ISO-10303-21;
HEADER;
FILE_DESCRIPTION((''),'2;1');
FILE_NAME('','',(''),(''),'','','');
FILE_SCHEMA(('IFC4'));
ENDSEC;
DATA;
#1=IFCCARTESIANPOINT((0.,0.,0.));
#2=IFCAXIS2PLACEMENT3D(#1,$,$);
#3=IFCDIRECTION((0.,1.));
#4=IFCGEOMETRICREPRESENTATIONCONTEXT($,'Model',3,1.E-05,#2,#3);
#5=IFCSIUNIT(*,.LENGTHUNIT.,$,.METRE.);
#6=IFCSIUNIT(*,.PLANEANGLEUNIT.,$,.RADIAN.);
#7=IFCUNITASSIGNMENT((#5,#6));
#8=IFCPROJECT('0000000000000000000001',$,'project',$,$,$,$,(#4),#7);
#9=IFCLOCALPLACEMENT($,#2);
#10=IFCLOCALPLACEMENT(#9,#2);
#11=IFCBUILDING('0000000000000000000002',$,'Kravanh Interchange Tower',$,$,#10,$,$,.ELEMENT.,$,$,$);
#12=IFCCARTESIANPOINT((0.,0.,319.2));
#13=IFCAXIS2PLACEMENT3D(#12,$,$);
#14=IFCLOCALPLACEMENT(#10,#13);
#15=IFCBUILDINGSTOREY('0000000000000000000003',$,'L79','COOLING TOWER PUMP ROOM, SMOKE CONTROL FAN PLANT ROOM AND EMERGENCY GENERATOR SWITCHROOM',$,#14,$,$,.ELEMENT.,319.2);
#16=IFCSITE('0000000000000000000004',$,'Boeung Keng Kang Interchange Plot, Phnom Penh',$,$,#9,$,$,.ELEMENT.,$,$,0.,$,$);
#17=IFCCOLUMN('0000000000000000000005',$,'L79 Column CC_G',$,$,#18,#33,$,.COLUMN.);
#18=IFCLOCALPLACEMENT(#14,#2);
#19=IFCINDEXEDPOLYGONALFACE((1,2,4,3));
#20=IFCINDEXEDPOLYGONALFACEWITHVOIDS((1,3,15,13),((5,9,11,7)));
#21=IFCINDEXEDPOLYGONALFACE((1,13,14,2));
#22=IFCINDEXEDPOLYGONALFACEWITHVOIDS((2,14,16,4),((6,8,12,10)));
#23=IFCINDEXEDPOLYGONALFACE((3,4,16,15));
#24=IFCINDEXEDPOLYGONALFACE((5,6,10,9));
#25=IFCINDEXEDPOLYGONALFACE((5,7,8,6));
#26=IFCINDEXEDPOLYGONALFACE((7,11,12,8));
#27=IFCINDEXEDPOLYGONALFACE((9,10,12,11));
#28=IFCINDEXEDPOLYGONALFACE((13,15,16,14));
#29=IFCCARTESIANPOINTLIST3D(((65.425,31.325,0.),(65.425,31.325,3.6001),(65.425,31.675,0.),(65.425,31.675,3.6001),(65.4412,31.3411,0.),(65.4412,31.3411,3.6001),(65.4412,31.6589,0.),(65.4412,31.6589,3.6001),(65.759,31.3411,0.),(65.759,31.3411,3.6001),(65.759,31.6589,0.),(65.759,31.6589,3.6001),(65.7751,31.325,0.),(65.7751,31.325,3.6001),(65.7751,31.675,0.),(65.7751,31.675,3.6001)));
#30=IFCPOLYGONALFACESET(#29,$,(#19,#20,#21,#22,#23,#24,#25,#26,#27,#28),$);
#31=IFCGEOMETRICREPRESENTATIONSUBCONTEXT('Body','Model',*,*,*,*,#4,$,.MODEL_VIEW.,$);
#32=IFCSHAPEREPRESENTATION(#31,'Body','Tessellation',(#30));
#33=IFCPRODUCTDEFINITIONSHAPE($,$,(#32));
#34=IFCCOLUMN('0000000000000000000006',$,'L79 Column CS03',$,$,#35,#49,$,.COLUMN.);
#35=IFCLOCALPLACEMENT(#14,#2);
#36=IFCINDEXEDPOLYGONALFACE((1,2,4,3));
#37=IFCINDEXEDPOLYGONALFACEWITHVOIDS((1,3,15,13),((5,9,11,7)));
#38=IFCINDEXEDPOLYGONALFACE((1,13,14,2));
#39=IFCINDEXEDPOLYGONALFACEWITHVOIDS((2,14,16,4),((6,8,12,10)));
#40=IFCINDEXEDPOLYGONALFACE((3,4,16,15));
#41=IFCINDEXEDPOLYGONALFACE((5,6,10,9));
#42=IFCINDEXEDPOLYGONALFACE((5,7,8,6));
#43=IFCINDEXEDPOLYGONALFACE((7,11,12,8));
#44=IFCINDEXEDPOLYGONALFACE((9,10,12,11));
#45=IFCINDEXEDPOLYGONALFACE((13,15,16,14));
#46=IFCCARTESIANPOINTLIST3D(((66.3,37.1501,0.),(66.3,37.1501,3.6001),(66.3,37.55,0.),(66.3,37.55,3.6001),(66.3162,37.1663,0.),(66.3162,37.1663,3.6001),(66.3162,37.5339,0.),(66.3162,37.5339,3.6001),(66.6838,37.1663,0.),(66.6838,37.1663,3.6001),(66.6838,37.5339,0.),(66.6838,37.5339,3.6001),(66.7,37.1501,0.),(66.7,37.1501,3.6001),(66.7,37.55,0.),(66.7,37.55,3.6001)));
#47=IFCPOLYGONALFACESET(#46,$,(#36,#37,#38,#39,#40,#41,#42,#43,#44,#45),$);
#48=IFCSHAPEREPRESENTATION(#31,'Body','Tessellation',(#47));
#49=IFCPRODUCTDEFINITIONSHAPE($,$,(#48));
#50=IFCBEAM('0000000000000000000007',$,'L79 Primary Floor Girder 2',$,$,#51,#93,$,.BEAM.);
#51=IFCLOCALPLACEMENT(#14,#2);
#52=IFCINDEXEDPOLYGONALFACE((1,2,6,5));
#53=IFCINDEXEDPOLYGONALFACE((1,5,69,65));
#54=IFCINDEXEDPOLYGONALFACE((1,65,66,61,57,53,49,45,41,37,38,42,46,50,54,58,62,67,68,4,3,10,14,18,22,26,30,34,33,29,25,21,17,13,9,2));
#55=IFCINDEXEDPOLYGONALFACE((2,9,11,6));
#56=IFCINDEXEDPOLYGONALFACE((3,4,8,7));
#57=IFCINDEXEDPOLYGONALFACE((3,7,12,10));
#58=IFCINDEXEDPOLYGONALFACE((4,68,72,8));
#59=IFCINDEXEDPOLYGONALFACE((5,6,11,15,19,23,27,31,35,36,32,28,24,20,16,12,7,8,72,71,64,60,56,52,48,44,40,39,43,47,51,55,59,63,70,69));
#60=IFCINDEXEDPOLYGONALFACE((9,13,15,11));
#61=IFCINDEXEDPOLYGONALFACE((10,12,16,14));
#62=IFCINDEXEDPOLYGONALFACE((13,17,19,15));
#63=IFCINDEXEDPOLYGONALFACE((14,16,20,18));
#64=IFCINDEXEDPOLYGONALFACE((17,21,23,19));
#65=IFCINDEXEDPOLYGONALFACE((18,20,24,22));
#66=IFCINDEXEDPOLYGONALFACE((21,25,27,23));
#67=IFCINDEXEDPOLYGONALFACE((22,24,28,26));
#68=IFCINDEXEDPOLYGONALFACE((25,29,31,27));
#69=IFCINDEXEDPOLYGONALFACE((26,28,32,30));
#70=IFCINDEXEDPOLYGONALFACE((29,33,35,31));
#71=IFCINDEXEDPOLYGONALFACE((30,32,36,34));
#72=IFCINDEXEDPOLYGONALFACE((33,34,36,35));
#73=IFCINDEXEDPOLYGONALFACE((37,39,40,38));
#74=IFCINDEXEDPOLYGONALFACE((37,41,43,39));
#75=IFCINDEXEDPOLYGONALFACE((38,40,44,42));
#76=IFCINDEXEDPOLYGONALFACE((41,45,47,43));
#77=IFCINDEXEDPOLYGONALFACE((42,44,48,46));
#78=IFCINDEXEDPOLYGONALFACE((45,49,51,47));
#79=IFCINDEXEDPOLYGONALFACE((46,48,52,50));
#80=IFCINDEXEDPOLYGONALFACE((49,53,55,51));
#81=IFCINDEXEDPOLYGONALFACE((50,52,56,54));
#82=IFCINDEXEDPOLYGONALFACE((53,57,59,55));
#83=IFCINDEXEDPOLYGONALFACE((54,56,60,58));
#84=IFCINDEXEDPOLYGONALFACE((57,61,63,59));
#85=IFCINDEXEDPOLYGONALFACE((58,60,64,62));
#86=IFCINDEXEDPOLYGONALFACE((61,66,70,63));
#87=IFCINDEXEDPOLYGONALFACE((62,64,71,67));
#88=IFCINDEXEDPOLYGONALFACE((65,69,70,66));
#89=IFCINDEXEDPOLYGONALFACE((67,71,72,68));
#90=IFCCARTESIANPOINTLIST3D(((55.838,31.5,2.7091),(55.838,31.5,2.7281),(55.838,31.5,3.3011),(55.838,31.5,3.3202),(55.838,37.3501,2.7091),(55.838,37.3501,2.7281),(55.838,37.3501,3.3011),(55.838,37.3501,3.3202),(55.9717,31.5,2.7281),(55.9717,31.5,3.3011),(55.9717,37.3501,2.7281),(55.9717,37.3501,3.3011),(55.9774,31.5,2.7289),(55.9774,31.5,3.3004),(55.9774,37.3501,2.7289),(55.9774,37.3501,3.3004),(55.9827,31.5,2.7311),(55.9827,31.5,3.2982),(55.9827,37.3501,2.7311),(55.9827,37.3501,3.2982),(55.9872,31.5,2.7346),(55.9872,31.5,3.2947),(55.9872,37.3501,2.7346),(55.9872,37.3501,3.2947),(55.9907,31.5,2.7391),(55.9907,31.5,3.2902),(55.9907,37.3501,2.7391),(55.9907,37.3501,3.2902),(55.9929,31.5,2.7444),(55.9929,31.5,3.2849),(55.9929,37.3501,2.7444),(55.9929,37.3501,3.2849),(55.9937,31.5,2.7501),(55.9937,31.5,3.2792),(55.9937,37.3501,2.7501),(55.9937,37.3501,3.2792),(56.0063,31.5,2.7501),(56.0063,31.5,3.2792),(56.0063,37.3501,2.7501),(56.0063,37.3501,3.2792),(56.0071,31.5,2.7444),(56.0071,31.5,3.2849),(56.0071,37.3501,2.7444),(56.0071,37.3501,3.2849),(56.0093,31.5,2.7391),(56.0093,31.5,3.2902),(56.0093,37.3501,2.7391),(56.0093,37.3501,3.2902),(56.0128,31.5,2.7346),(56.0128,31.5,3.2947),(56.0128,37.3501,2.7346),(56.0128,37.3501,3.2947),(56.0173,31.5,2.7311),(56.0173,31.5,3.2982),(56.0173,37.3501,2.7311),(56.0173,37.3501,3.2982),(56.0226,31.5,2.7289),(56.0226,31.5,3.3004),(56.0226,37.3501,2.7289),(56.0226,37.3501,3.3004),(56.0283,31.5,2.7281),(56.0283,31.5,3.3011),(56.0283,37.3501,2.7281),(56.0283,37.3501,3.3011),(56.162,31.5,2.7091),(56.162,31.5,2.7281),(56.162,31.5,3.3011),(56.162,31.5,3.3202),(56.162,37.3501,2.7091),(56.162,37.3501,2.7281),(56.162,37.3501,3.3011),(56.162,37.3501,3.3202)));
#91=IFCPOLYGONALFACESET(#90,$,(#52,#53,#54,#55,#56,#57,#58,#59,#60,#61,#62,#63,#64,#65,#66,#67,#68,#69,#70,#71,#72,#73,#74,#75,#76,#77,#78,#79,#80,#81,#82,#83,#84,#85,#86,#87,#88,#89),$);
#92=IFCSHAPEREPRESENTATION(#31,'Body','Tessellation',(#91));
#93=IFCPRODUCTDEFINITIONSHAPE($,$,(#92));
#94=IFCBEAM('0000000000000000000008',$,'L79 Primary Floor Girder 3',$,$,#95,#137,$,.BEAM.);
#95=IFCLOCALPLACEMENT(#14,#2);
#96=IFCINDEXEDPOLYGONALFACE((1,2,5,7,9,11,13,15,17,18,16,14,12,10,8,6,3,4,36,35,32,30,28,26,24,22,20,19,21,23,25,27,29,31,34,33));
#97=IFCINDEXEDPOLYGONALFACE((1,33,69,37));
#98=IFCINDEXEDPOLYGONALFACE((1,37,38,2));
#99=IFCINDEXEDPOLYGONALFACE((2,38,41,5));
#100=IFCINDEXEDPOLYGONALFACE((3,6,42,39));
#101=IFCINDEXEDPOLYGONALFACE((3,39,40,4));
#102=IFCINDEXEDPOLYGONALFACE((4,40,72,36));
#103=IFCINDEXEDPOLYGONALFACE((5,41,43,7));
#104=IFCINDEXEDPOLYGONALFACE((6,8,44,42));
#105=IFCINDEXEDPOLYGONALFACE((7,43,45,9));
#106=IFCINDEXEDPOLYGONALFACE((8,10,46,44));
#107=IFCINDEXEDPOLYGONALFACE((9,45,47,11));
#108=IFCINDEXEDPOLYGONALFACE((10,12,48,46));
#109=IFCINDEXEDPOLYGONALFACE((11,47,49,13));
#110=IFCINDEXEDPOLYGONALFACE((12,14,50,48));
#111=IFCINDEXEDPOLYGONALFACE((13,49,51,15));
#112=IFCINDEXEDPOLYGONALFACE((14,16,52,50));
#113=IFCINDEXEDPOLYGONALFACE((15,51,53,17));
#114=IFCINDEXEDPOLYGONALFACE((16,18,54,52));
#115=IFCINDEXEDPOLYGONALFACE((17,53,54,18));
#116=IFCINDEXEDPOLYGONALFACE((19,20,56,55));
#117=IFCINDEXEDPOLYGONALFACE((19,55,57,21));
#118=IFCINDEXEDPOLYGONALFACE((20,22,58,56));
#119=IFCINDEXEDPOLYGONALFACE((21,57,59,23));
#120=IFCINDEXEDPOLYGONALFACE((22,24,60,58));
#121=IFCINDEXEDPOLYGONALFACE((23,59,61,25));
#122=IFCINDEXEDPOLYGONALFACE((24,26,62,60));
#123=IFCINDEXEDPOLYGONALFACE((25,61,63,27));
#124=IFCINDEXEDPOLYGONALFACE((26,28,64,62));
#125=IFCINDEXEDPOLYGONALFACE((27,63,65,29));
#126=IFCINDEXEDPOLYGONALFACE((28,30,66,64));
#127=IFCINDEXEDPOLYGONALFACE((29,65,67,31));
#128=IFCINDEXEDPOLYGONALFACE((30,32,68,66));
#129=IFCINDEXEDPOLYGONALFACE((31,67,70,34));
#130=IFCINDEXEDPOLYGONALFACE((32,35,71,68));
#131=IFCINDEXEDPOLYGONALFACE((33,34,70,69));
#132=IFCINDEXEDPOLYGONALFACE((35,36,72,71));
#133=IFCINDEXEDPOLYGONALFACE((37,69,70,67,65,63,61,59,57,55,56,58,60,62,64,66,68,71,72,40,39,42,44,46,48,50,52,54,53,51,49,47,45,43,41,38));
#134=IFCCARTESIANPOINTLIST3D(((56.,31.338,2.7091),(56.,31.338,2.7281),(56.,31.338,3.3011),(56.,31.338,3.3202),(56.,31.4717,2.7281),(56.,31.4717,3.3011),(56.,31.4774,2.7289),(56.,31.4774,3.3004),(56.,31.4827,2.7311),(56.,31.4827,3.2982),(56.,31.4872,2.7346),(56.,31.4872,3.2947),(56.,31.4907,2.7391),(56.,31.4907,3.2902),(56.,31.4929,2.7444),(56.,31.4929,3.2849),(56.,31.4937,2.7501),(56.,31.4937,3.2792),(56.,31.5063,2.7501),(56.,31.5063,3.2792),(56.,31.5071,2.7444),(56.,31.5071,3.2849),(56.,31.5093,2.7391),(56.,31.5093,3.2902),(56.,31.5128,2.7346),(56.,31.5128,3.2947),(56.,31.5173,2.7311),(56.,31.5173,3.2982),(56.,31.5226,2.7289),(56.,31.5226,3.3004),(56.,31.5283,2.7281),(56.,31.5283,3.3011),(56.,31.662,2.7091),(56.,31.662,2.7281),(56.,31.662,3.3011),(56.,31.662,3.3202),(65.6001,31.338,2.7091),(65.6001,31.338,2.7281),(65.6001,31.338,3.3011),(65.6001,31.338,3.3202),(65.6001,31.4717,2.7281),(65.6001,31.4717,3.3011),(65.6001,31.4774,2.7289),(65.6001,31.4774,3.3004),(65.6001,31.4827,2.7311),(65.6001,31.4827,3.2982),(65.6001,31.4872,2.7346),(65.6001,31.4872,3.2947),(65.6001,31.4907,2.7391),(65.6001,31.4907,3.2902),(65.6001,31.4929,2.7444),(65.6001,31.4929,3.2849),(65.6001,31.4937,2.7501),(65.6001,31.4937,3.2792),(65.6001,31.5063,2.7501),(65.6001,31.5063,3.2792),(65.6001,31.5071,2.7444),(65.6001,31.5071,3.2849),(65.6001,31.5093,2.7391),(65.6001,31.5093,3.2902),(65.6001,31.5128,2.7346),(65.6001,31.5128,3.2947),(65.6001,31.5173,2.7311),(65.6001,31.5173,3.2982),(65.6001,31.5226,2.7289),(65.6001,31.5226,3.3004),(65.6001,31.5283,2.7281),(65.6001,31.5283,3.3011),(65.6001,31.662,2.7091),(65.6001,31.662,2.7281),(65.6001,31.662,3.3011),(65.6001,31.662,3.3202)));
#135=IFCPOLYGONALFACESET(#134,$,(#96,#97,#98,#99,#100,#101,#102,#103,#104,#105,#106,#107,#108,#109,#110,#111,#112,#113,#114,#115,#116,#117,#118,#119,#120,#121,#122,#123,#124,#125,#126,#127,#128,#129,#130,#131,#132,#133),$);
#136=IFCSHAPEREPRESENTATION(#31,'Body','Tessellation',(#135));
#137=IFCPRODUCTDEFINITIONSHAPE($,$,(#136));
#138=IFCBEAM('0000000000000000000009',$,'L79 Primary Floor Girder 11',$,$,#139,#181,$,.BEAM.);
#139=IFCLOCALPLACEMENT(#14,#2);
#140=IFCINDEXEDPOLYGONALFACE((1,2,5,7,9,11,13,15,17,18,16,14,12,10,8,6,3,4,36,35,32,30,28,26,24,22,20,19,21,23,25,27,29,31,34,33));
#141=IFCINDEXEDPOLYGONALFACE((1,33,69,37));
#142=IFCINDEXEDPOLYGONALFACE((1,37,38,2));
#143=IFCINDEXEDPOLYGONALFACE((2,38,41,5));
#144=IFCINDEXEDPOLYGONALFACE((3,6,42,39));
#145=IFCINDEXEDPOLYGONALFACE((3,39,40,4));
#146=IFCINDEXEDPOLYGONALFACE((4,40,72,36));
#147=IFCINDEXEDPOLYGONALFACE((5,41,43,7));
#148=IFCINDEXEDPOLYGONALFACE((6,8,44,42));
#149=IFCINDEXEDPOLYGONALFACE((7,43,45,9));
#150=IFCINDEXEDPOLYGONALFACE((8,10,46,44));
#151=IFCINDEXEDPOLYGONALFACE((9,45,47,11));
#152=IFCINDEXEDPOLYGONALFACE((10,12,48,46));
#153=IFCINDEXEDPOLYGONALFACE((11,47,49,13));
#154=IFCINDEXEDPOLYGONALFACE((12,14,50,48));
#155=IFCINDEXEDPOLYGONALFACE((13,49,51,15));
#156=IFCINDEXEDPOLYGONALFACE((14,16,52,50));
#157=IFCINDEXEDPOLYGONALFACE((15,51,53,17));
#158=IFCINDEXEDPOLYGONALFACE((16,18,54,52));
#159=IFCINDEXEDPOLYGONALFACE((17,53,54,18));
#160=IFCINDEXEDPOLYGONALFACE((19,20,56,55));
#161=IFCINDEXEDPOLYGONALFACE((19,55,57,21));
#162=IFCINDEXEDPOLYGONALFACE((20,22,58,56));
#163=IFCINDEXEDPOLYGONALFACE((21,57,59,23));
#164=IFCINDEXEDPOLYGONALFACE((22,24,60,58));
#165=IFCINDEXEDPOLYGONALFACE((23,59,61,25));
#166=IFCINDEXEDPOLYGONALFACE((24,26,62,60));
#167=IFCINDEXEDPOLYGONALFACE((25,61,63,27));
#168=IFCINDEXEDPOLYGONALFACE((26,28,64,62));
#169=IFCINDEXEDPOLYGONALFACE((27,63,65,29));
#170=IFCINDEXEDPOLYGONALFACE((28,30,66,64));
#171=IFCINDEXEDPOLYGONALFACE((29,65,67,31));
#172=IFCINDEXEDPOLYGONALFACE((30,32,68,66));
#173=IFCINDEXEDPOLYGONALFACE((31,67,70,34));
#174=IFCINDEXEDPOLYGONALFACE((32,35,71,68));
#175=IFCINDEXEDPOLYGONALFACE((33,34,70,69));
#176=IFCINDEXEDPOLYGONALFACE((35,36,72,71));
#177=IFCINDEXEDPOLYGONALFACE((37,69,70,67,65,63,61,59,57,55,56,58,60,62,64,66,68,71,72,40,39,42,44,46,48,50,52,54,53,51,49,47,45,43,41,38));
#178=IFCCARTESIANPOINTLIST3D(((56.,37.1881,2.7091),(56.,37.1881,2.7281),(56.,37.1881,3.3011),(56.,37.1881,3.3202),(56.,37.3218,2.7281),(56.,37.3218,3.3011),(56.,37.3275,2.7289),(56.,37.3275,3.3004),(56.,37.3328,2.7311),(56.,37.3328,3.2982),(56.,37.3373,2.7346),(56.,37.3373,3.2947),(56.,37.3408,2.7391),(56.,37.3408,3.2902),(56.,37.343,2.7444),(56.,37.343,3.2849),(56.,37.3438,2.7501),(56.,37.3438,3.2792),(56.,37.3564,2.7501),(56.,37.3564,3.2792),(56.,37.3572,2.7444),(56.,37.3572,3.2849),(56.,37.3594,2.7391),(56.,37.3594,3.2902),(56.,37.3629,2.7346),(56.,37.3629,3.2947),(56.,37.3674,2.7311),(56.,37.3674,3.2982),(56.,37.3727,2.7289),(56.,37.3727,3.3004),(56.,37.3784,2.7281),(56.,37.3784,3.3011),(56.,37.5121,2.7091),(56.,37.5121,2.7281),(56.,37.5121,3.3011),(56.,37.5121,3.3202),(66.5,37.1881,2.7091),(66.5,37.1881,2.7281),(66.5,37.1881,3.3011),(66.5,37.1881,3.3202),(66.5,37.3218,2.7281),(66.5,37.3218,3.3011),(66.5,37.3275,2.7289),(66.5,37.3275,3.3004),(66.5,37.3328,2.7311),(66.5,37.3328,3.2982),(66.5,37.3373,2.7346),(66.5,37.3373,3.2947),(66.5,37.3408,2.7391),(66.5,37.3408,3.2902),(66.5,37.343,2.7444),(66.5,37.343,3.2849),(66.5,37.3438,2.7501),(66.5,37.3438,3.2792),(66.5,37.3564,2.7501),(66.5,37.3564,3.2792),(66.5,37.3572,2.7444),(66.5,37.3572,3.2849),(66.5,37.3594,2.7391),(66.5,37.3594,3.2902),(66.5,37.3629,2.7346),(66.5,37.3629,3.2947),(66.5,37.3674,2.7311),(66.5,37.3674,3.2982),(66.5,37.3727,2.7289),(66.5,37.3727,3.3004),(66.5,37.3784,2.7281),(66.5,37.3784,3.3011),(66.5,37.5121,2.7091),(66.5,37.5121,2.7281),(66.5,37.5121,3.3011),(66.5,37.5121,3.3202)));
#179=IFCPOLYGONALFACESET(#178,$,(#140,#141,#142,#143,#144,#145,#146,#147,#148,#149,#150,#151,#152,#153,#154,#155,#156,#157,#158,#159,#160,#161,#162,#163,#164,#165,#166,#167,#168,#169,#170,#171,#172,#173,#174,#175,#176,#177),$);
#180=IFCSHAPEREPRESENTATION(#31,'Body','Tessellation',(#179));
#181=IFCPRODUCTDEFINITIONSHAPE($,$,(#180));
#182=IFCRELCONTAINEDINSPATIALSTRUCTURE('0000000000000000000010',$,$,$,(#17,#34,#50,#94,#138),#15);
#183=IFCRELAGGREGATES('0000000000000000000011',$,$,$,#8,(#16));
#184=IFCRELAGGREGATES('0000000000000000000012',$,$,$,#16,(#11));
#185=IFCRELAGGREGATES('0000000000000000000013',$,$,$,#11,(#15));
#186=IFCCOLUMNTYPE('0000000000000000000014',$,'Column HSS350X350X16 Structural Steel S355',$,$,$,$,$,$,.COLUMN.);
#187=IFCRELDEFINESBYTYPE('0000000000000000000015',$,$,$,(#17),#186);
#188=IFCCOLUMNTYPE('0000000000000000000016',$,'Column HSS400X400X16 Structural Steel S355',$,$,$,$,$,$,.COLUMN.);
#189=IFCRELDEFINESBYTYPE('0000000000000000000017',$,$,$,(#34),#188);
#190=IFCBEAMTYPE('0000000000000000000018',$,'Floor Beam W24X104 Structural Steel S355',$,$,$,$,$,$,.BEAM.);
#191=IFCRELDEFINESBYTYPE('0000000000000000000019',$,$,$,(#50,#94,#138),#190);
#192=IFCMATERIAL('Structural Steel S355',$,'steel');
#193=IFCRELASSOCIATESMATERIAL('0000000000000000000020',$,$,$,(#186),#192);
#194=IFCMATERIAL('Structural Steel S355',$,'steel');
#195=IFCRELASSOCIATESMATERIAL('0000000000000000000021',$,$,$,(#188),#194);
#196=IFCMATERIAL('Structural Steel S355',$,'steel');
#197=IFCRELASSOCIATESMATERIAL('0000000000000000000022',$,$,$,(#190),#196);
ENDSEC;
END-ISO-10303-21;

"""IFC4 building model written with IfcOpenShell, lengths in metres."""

from ifc_helpers import new_model, si_unit, direction, frame, origin, origin_2d, place, context, subcontext, project, spatial, hollow_rectangle, i_section, extrude, material, material_profile, profile_set, type_object, element, save


model = new_model("IFC4")

# Units and contexts
model_context = context("Model", 3, precision=1e-05, world=origin(), true_north=direction((0.0, 1.0)))
body_context = subcontext(model_context, "Body", "Model", "MODEL_VIEW")
ifc_project = project(units=[si_unit("LENGTHUNIT", "METRE"), si_unit("PLANEANGLEUNIT", "RADIAN")], contexts=[model_context])

# Site, building, storey
site_placement = place(None, origin())
site = spatial("IfcSite", under=ifc_project, at=site_placement, Name="Boeung Keng Kang Interchange Plot, Phnom Penh", CompositionType="ELEMENT", RefElevation=0.0)
building_placement = place(site_placement, origin())
building = spatial("IfcBuilding", under=site, at=building_placement, Name="Kravanh Interchange Tower", CompositionType="ELEMENT")
storey_placement = place(building_placement, frame((0.0, 0.0, 319.2)))
storey = spatial("IfcBuildingStorey", under=building, at=storey_placement, Name="L79", Description="COOLING TOWER PUMP ROOM, SMOKE CONTROL FAN PLANT ROOM AND EMERGENCY GENERATOR SWITCHROOM", CompositionType="ELEMENT", Elevation=319.2)

# Columns
ifc_material_1 = material(Name="Structural Steel S355", Category="steel")
ifc_material_profile_1 = material_profile(ifc_material_1, hollow_rectangle(XDim=0.3501, YDim=0.3501, WallThickness=0.0161, at=origin_2d()), Name="HSS350X350X16")
ifc_profile_set_1 = profile_set([ifc_material_profile_1], Name="Structural Steel S355")
column_type_1 = type_object("IfcColumnType", Name="Column HSS350X350X16 Structural Steel S355", PredefinedType="COLUMN", material=ifc_profile_set_1)
column_1_placement = place(storey_placement, frame((65.6001, 31.5, 0.0), z_axis=(0.0, 0.0, 1.0), x_axis=(1.0, 0.0, 0.0)))
element("IfcColumn", 1, at=column_1_placement, inside=storey, type_object=column_type_1, Name="L79 Column CC_G", PredefinedType="COLUMN", context=body_context, shape_type="SweptSolid", body=[
    extrude(hollow_rectangle(XDim=0.3501, YDim=0.3501, WallThickness=0.0161, at=origin_2d()), origin(), (0.0, 0.0, 1.0), 3.6001),
])
ifc_material_2 = material(Name="Structural Steel S355", Category="steel")
ifc_material_profile_2 = material_profile(ifc_material_2, hollow_rectangle(XDim=0.3999, YDim=0.3999, WallThickness=0.0161, at=origin_2d()), Name="HSS400X400X16")
ifc_profile_set_2 = profile_set([ifc_material_profile_2], Name="Structural Steel S355")
column_type_2 = type_object("IfcColumnType", Name="Column HSS400X400X16 Structural Steel S355", PredefinedType="COLUMN", material=ifc_profile_set_2)
column_2_placement = place(storey_placement, frame((66.5, 37.3501, 0.0), z_axis=(0.0, 0.0, 1.0), x_axis=(1.0, 0.0, 0.0)))
element("IfcColumn", 2, at=column_2_placement, inside=storey, type_object=column_type_2, Name="L79 Column CS03", PredefinedType="COLUMN", context=body_context, shape_type="SweptSolid", body=[
    extrude(hollow_rectangle(XDim=0.3999, YDim=0.3999, WallThickness=0.0161, at=origin_2d()), origin(), (0.0, 0.0, 1.0), 3.6001),
])

# Beams
ifc_material_3 = material(Name="Structural Steel S355", Category="steel")
ifc_material_profile_3 = material_profile(ifc_material_3, i_section(OverallWidth=0.324, OverallDepth=0.6111, WebThickness=0.0127, FlangeThickness=0.019, FilletRadius=0.022, at=origin_2d()), Name="W24X104")
ifc_profile_set_3 = profile_set([ifc_material_profile_3], Name="Structural Steel S355")
beam_type_1 = type_object("IfcBeamType", Name="Floor Beam W24X104 Structural Steel S355", PredefinedType="BEAM", material=ifc_profile_set_3)
beam_1_placement = place(storey_placement, frame((56.0, 31.5, 3.0146), z_axis=(0.0, 1.0, 0.0), x_axis=(-1.0, 0.0, 0.0)))
element("IfcBeam", 3, at=beam_1_placement, inside=storey, type_object=beam_type_1, Name="L79 Primary Floor Girder 2", PredefinedType="BEAM", context=body_context, shape_type="SweptSolid", body=[
    extrude(i_section(OverallWidth=0.324, OverallDepth=0.6111, WebThickness=0.0127, FlangeThickness=0.019, FilletRadius=0.022, at=origin_2d()), origin(), (0.0, 0.0, 1.0), 5.8501),
])
beam_2_placement = place(storey_placement, frame((56.0, 31.5, 3.0146), z_axis=(1.0, 0.0, 0.0), x_axis=(0.0, 1.0, 0.0)))
element("IfcBeam", 4, at=beam_2_placement, inside=storey, type_object=beam_type_1, Name="L79 Primary Floor Girder 3", PredefinedType="BEAM", context=body_context, shape_type="SweptSolid", body=[
    extrude(i_section(OverallWidth=0.324, OverallDepth=0.6111, WebThickness=0.0127, FlangeThickness=0.019, FilletRadius=0.022, at=origin_2d()), origin(), (0.0, 0.0, 1.0), 9.6001),
])
beam_3_placement = place(storey_placement, frame((66.5, 37.3501, 3.0146), z_axis=(-1.0, 0.0, 0.0), x_axis=(0.0, -1.0, 0.0)))
element("IfcBeam", 5, at=beam_3_placement, inside=storey, type_object=beam_type_1, Name="L79 Primary Floor Girder 11", PredefinedType="BEAM", context=body_context, shape_type="SweptSolid", body=[
    extrude(i_section(OverallWidth=0.324, OverallDepth=0.6111, WebThickness=0.0127, FlangeThickness=0.019, FilletRadius=0.022, at=origin_2d()), origin(), (0.0, 0.0, 1.0), 10.5),
])

save(model, "model.ifc")
